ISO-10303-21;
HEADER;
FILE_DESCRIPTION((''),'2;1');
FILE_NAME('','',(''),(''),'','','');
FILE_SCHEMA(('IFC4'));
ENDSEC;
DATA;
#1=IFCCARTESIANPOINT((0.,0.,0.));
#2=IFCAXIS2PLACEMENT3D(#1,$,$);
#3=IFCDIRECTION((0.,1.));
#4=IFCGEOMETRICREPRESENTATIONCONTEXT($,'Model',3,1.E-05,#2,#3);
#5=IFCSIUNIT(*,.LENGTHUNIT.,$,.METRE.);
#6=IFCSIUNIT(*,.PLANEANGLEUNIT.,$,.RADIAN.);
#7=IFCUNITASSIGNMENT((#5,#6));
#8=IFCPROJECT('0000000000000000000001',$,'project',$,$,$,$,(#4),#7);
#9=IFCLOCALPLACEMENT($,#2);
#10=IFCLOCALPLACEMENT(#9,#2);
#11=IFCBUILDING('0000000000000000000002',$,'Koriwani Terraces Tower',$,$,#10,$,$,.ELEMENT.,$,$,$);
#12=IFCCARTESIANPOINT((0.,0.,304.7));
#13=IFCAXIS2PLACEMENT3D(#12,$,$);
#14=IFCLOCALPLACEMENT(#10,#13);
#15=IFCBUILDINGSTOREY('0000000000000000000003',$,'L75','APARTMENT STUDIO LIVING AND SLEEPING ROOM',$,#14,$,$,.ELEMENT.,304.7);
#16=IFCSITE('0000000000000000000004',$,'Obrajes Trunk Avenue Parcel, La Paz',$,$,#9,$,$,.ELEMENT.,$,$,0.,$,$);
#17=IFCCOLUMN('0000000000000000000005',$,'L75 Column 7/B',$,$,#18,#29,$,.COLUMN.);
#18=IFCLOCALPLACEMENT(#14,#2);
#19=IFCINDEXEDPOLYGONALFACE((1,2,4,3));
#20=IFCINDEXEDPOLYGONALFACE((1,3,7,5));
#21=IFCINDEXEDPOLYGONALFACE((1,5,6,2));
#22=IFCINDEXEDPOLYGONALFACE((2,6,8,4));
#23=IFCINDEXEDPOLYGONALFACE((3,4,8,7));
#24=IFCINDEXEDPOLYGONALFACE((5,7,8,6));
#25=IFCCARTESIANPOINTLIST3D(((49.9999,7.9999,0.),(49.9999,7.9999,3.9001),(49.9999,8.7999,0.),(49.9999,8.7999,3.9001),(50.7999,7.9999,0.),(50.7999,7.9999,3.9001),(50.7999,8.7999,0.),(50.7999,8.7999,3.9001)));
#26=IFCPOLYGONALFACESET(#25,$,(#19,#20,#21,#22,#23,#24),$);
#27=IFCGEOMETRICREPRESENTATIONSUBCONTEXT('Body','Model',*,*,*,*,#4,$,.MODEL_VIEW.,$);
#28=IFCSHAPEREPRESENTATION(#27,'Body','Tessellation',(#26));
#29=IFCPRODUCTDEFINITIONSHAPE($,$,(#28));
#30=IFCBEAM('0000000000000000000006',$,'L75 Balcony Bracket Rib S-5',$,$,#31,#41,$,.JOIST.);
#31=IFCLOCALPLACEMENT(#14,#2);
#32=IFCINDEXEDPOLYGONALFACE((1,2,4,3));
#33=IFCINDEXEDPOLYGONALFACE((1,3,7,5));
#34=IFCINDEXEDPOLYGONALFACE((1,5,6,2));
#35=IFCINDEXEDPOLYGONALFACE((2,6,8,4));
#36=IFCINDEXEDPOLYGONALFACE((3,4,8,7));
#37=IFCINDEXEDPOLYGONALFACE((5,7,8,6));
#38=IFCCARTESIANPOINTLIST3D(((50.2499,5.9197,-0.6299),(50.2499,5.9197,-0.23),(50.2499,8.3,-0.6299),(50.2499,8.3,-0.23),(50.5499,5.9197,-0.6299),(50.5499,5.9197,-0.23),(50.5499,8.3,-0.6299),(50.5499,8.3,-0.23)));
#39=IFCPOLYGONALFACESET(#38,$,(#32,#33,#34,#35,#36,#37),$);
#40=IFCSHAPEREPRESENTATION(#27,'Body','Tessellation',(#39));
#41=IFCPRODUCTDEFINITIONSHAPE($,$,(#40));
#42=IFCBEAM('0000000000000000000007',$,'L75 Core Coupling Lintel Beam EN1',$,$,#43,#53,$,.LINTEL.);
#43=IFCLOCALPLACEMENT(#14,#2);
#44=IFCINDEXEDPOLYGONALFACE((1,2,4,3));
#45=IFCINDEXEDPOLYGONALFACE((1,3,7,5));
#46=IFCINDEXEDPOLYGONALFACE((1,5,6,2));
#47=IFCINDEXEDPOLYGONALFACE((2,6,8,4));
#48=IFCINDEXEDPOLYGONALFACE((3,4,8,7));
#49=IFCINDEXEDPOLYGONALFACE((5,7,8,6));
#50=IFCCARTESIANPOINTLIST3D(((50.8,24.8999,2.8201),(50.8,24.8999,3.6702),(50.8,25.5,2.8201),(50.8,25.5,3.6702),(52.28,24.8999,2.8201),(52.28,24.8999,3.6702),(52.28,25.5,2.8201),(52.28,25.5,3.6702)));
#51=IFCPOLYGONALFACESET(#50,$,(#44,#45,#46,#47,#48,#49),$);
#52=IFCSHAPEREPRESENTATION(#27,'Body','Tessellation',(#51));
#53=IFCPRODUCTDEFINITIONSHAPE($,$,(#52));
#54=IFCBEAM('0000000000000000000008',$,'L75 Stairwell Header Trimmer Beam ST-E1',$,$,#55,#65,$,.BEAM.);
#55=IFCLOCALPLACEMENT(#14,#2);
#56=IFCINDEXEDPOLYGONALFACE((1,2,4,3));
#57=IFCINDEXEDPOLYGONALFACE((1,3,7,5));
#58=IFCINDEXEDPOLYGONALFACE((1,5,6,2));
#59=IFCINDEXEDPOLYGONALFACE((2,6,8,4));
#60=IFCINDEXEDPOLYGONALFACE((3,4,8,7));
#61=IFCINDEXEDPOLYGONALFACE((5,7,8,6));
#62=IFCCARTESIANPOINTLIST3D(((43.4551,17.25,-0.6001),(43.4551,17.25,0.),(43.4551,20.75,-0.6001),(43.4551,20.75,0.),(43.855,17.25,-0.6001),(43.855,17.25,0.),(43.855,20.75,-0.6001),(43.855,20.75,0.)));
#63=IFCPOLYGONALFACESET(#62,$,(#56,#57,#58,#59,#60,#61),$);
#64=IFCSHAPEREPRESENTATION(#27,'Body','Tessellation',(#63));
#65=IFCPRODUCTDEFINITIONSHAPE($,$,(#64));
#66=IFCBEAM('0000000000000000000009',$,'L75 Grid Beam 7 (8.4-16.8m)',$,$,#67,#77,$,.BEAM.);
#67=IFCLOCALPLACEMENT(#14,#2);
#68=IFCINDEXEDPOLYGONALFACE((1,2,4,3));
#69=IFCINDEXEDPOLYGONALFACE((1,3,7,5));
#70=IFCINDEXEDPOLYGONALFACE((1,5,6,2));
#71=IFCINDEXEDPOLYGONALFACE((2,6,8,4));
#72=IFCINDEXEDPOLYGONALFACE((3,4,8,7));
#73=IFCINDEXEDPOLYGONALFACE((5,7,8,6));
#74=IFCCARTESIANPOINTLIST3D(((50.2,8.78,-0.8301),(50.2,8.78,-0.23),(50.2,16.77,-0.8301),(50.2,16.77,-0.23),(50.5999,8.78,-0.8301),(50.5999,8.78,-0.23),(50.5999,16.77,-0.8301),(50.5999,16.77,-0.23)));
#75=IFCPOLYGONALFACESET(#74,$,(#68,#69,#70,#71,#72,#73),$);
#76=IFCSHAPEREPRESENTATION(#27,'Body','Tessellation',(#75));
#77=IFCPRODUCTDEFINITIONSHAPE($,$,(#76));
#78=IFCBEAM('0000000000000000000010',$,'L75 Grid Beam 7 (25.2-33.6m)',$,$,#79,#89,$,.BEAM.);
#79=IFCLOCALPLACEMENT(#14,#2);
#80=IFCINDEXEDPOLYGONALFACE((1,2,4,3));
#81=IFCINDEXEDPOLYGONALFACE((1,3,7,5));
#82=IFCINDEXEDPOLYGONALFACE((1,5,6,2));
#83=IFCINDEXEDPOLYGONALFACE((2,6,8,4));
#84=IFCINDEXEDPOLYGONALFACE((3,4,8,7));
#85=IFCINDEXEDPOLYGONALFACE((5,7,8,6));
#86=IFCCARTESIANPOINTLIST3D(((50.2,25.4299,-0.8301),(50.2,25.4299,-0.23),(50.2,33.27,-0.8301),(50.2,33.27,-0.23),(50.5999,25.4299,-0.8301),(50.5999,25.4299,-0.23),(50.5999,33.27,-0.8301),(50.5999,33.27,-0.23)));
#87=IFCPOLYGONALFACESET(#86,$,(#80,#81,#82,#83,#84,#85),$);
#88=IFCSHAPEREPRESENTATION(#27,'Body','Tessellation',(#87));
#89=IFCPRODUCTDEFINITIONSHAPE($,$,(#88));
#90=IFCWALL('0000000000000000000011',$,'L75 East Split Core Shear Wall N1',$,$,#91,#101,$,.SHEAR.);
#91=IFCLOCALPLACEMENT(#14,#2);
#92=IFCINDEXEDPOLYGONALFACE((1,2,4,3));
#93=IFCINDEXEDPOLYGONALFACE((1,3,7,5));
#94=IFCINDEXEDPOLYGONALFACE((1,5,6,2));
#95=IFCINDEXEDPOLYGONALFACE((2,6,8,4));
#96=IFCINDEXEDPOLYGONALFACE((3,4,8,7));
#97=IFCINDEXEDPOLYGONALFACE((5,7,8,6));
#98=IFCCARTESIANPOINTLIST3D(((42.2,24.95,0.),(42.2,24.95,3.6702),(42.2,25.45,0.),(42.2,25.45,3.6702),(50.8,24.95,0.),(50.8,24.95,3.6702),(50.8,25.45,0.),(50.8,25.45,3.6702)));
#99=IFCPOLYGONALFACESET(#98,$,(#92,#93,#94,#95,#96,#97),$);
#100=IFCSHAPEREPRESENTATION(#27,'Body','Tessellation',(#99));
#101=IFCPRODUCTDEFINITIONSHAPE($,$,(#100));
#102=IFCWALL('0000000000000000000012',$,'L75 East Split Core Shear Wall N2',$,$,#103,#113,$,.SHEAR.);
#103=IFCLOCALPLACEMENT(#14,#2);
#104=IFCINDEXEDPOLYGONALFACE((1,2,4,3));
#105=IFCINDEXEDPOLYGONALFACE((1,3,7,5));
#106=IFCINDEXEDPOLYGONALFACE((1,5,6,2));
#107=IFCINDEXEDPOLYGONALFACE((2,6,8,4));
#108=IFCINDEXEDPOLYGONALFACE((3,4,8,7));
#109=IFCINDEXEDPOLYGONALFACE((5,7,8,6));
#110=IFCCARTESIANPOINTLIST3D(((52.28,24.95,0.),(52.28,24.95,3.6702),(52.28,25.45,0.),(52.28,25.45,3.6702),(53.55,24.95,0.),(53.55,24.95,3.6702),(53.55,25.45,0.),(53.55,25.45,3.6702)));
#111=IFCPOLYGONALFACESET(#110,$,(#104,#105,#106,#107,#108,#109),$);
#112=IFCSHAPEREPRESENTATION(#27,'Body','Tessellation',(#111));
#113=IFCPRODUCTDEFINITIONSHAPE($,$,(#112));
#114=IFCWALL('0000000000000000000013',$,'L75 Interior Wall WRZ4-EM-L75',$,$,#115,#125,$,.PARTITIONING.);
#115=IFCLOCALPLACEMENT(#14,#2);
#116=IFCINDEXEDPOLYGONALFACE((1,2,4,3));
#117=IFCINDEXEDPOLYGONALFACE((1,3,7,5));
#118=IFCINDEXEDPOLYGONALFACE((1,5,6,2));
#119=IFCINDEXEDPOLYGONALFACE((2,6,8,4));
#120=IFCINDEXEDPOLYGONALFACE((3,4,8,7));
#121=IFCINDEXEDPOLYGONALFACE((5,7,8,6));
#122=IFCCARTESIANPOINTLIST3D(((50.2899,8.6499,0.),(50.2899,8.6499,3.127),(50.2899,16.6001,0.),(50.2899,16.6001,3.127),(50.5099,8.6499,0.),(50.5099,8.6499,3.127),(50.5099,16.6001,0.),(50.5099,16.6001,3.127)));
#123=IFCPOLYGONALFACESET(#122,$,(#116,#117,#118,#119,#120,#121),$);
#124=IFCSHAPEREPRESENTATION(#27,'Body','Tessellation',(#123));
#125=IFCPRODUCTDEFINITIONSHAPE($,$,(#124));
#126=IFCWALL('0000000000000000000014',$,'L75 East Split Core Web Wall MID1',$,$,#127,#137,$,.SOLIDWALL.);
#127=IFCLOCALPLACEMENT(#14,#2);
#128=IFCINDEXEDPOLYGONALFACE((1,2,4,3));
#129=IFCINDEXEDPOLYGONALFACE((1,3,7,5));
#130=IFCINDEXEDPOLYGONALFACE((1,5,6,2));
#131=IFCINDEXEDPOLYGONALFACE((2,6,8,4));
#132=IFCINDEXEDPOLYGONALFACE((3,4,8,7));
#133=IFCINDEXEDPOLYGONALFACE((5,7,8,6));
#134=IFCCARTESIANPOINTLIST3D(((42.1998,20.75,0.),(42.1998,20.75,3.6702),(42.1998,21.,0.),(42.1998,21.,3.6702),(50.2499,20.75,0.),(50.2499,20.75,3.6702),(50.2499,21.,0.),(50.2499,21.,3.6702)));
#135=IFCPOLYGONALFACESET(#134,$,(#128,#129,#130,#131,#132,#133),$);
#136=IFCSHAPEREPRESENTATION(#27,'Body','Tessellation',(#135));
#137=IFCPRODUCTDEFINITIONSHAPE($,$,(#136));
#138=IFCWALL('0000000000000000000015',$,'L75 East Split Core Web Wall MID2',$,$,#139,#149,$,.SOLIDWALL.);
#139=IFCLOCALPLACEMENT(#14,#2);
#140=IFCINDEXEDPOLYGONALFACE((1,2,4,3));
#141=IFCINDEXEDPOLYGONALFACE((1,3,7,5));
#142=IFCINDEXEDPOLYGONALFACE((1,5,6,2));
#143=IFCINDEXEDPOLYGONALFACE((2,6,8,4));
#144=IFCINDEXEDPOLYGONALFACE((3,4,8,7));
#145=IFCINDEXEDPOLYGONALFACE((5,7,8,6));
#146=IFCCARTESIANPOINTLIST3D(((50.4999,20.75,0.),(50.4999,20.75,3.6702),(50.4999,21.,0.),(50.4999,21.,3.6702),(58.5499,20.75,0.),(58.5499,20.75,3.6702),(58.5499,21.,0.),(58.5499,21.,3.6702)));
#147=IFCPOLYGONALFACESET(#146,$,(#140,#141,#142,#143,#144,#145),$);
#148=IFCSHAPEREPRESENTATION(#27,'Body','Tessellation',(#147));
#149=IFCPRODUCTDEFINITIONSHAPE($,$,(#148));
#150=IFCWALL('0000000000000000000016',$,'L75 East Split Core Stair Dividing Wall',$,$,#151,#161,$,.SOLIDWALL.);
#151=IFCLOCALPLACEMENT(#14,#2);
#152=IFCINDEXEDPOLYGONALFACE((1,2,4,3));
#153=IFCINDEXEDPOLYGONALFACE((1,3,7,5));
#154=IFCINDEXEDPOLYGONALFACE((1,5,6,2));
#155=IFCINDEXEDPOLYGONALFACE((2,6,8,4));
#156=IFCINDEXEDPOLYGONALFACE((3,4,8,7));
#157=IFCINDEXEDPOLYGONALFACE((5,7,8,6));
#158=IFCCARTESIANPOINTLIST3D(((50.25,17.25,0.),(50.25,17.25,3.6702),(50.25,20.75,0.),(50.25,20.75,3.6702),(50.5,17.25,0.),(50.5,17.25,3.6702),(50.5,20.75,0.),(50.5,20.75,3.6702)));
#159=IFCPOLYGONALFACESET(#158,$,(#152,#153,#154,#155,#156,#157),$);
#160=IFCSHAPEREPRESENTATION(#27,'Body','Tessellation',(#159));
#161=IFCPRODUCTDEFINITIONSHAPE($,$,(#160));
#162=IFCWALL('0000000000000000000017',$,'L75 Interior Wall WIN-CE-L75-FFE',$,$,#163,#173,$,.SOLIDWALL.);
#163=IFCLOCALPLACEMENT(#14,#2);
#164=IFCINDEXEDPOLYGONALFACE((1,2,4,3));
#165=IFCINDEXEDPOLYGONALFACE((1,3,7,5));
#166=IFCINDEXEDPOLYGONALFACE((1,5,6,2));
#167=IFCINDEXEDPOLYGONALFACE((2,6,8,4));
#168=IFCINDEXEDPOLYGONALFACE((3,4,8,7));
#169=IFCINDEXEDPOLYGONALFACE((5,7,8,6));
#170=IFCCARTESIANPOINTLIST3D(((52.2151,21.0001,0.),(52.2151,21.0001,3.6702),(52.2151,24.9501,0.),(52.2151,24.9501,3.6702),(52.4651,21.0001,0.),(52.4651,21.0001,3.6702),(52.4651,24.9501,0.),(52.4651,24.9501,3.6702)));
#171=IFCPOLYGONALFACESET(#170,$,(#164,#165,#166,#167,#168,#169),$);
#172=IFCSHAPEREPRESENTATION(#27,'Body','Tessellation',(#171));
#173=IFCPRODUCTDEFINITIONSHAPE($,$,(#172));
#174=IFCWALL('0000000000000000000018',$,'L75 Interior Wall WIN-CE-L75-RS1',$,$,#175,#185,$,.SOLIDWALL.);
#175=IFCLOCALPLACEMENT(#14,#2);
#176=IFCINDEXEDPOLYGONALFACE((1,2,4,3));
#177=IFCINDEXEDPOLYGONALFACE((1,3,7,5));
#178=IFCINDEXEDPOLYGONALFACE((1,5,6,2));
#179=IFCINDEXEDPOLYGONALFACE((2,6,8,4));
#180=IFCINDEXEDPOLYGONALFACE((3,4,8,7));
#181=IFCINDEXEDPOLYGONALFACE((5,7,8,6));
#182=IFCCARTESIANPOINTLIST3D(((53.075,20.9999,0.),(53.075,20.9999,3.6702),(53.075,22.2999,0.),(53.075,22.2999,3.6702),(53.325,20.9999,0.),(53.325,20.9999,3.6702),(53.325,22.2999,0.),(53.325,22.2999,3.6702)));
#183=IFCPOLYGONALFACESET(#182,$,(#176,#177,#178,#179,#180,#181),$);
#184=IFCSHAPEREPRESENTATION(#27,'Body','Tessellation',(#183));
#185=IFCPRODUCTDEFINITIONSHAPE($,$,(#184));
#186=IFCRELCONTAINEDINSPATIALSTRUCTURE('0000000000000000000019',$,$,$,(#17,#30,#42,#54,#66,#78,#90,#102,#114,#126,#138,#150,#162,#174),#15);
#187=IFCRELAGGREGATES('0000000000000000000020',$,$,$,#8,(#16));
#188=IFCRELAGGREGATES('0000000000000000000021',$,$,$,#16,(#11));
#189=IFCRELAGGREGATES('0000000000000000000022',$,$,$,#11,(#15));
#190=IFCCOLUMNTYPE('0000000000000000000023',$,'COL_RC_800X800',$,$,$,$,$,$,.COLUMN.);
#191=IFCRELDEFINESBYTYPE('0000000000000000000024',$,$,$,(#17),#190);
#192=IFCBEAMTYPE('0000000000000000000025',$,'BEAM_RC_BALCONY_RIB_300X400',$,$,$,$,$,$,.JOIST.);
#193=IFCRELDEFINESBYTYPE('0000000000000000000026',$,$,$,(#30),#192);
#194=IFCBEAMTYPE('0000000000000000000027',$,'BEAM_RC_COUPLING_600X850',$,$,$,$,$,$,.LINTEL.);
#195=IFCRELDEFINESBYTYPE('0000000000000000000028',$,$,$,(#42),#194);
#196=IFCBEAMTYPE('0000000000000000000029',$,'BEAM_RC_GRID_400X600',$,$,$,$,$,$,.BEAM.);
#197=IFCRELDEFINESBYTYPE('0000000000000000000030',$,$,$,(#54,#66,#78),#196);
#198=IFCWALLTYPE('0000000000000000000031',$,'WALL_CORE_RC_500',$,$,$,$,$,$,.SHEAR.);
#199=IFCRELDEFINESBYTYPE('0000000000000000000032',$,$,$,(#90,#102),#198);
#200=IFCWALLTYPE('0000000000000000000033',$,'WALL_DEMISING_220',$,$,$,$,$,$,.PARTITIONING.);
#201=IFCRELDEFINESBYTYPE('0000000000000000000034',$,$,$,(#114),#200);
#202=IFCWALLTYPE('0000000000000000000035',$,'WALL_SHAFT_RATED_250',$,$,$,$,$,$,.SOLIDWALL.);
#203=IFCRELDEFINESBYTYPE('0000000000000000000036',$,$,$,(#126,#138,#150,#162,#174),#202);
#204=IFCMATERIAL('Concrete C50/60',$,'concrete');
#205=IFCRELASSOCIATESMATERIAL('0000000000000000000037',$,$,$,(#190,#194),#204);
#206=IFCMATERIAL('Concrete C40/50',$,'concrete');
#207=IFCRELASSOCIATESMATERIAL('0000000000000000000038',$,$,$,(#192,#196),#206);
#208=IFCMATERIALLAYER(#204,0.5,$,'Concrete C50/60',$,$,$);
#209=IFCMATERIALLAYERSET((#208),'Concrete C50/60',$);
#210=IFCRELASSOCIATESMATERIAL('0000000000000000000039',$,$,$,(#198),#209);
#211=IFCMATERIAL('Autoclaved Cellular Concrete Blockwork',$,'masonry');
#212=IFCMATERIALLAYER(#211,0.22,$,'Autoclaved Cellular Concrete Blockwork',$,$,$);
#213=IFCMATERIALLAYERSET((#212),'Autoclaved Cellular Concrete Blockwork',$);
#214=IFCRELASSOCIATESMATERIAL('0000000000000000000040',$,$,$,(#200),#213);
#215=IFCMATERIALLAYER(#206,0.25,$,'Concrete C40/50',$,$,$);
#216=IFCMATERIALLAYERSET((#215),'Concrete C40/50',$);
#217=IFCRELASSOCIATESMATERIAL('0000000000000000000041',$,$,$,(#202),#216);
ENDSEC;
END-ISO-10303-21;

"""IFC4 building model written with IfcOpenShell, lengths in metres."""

from ifc_helpers import new_model, si_unit, direction, frame, frame_2d, origin, origin_2d, place, context, subcontext, project, spatial, rectangle, extrude, material, layer, layer_set, material_profile, profile_set, type_object, element, save


model = new_model("IFC4")

# Units and contexts
model_context = context("Model", 3, precision=1e-05, world=origin(), true_north=direction((0.0, 1.0)))
body_context = subcontext(model_context, "Body", "Model", "MODEL_VIEW")
ifc_project = project(units=[si_unit("LENGTHUNIT", "METRE"), si_unit("PLANEANGLEUNIT", "RADIAN")], contexts=[model_context])

# Site, building, storey
site_placement = place(None, origin())
site = spatial("IfcSite", under=ifc_project, at=site_placement, Name="Obrajes Trunk Avenue Parcel, La Paz", CompositionType="ELEMENT", RefElevation=0.0)
building_placement = place(site_placement, origin())
building = spatial("IfcBuilding", under=site, at=building_placement, Name="Koriwani Terraces Tower", CompositionType="ELEMENT")
storey_placement = place(building_placement, frame((0.0, 0.0, 304.7)))
storey = spatial("IfcBuildingStorey", under=building, at=storey_placement, Name="L75", Description="APARTMENT STUDIO LIVING AND SLEEPING ROOM", CompositionType="ELEMENT", Elevation=304.7)

# Column
ifc_material_1 = material(Name="Concrete C50/60", Category="concrete")
ifc_material_profile_1 = material_profile(ifc_material_1, rectangle(XDim=0.8, YDim=0.8, at=origin_2d()), Name="Concrete C50/60", Category="LoadBearing")
ifc_profile_set_1 = profile_set([ifc_material_profile_1], Name="Concrete C50/60")
column_type = type_object("IfcColumnType", Name="COL_RC_800X800", PredefinedType="COLUMN", material=ifc_profile_set_1)
column_placement = place(storey_placement, frame((50.3999, 8.3999, 0.0), z_axis=(0.0, 0.0, 1.0), x_axis=(1.0, 0.0, 0.0)))
element("IfcColumn", 1, at=column_placement, inside=storey, type_object=column_type, Name="L75 Column 7/B", PredefinedType="COLUMN", context=body_context, shape_type="SweptSolid", body=[
    extrude(rectangle(XDim=0.8, YDim=0.8, at=origin_2d()), origin(), (0.0, 0.0, 1.0), 3.9001),
])

# Beams
ifc_material_2 = material(Name="Concrete C40/50", Category="concrete")
ifc_material_profile_2 = material_profile(ifc_material_2, rectangle(XDim=0.3, YDim=0.3999, at=origin_2d()), Name="Concrete C40/50", Category="LoadBearing")
ifc_profile_set_2 = profile_set([ifc_material_profile_2], Name="Concrete C40/50")
beam_type_1 = type_object("IfcBeamType", Name="BEAM_RC_BALCONY_RIB_300X400", PredefinedType="JOIST", material=ifc_profile_set_2)
beam_1_placement = place(storey_placement, frame((50.3999, 5.9197, -0.4299), z_axis=(0.0, 1.0, 0.0), x_axis=(-1.0, 0.0, 0.0)))
element("IfcBeam", 2, at=beam_1_placement, inside=storey, type_object=beam_type_1, Name="L75 Balcony Bracket Rib S-5", PredefinedType="JOIST", context=body_context, shape_type="SweptSolid", body=[
    extrude(rectangle(XDim=0.3, YDim=0.3999, at=origin_2d()), origin(), (0.0, 0.0, 1.0), 2.3804),
])
ifc_material_profile_3 = material_profile(ifc_material_1, rectangle(XDim=0.6001, YDim=0.8501, at=origin_2d()), Name="Concrete C50/60", Category="LoadBearing")
ifc_profile_set_3 = profile_set([ifc_material_profile_3], Name="Concrete C50/60")
beam_type_2 = type_object("IfcBeamType", Name="BEAM_RC_COUPLING_600X850", PredefinedType="LINTEL", material=ifc_profile_set_3)
beam_2_placement = place(storey_placement, frame((50.8, 25.2, 3.2451), z_axis=(1.0, 0.0, 0.0), x_axis=(0.0, 1.0, 0.0)))
element("IfcBeam", 3, at=beam_2_placement, inside=storey, type_object=beam_type_2, Name="L75 Core Coupling Lintel Beam EN1", PredefinedType="LINTEL", context=body_context, shape_type="SweptSolid", body=[
    extrude(rectangle(XDim=0.6001, YDim=0.8501, at=origin_2d()), origin(), (0.0, 0.0, 1.0), 1.48),
])
ifc_material_profile_4 = material_profile(ifc_material_2, rectangle(XDim=0.3999, YDim=0.6001, at=origin_2d()), Name="Concrete C40/50", Category="LoadBearing")
ifc_profile_set_4 = profile_set([ifc_material_profile_4], Name="Concrete C40/50")
beam_type_3 = type_object("IfcBeamType", Name="BEAM_RC_GRID_400X600", PredefinedType="BEAM", material=ifc_profile_set_4)
beam_3_placement = place(storey_placement, frame((43.655, 17.25, -0.3), z_axis=(0.0, 1.0, 0.0), x_axis=(-1.0, 0.0, 0.0)))
element("IfcBeam", 4, at=beam_3_placement, inside=storey, type_object=beam_type_3, Name="L75 Stairwell Header Trimmer Beam ST-E1", PredefinedType="BEAM", context=body_context, shape_type="SweptSolid", body=[
    extrude(rectangle(XDim=0.3999, YDim=0.6001, at=origin_2d()), origin(), (0.0, 0.0, 1.0), 3.5),
])
beam_4_placement = place(storey_placement, frame((50.3999, 8.78, -0.53), z_axis=(0.0, 1.0, 0.0), x_axis=(-1.0, 0.0, 0.0)))
element("IfcBeam", 5, at=beam_4_placement, inside=storey, type_object=beam_type_3, Name="L75 Grid Beam 7 (8.4-16.8m)", PredefinedType="BEAM", context=body_context, shape_type="SweptSolid", body=[
    extrude(rectangle(XDim=0.3999, YDim=0.6001, at=origin_2d()), origin(), (0.0, 0.0, 1.0), 7.99),
])
beam_5_placement = place(storey_placement, frame((50.3999, 25.4299, -0.53), z_axis=(0.0, 1.0, 0.0), x_axis=(-1.0, 0.0, 0.0)))
element("IfcBeam", 6, at=beam_5_placement, inside=storey, type_object=beam_type_3, Name="L75 Grid Beam 7 (25.2-33.6m)", PredefinedType="BEAM", context=body_context, shape_type="SweptSolid", body=[
    extrude(rectangle(XDim=0.3999, YDim=0.6001, at=origin_2d()), origin(), (0.0, 0.0, 1.0), 7.8401),
])

# Walls
ifc_layer_1 = layer(ifc_material_1, 0.5, Name="Concrete C50/60")
ifc_layer_set_1 = layer_set([ifc_layer_1], Name="Concrete C50/60")
wall_type_1 = type_object("IfcWallType", Name="WALL_CORE_RC_500", PredefinedType="SHEAR", material=ifc_layer_set_1)
wall_1_placement = place(storey_placement, frame((42.2, 25.2, 0.0), z_axis=(0.0, 0.0, 1.0), x_axis=(1.0, 0.0, 0.0)))
element("IfcWall", 7, at=wall_1_placement, inside=storey, type_object=wall_type_1, Name="L75 East Split Core Shear Wall N1", PredefinedType="SHEAR", context=body_context, shape_type="SweptSolid", body=[
    extrude(rectangle(XDim=8.6001, YDim=0.5, at=frame_2d((4.3, 0.0))), origin(), (0.0, 0.0, 1.0), 3.6702),
])
wall_2_placement = place(storey_placement, frame((52.28, 25.2, 0.0), z_axis=(0.0, 0.0, 1.0), x_axis=(1.0, 0.0, 0.0)))
element("IfcWall", 8, at=wall_2_placement, inside=storey, type_object=wall_type_1, Name="L75 East Split Core Shear Wall N2", PredefinedType="SHEAR", context=body_context, shape_type="SweptSolid", body=[
    extrude(rectangle(XDim=1.27, YDim=0.5, at=frame_2d((0.635, 0.0))), origin(), (0.0, 0.0, 1.0), 3.6702),
])
ifc_material_3 = material(Name="Autoclaved Cellular Concrete Blockwork", Category="masonry")
ifc_layer_2 = layer(ifc_material_3, 0.22, Name="Autoclaved Cellular Concrete Blockwork")
ifc_layer_set_2 = layer_set([ifc_layer_2], Name="Autoclaved Cellular Concrete Blockwork")
wall_type_2 = type_object("IfcWallType", Name="WALL_DEMISING_220", PredefinedType="PARTITIONING", material=ifc_layer_set_2)
wall_3_placement = place(storey_placement, frame((50.3999, 8.6499, 0.0), z_axis=(0.0, 0.0, 1.0), x_axis=(0.0, 1.0, 0.0)))
element("IfcWall", 9, at=wall_3_placement, inside=storey, type_object=wall_type_2, Name="L75 Interior Wall WRZ4-EM-L75", PredefinedType="PARTITIONING", context=body_context, shape_type="SweptSolid", body=[
    extrude(rectangle(XDim=7.9502, YDim=0.22, at=frame_2d((3.9751, 0.0))), origin(), (0.0, 0.0, 1.0), 3.127),
])
ifc_layer_3 = layer(ifc_material_2, 0.25, Name="Concrete C40/50")
ifc_layer_set_3 = layer_set([ifc_layer_3], Name="Concrete C40/50")
wall_type_3 = type_object("IfcWallType", Name="WALL_SHAFT_RATED_250", PredefinedType="SOLIDWALL", material=ifc_layer_set_3)
for number, where, z_axis, x_axis, name in (
    (10, (42.2, 20.875, 0.0), (0.0, 0.0, 1.0), (1.0, 0.0, 0.0), "L75 East Split Core Web Wall MID1"),
    (11, (50.5, 20.875, 0.0), (0.0, 0.0, 1.0), (1.0, 0.0, 0.0), "L75 East Split Core Web Wall MID2"),
):
    element("IfcWall", number, at=place(storey_placement, frame(where, z_axis=z_axis, x_axis=x_axis)), inside=storey, type_object=wall_type_3, Name=name, PredefinedType="SOLIDWALL", context=body_context, shape_type="SweptSolid", body=[
        extrude(rectangle(XDim=8.05, YDim=0.25, at=frame_2d((4.0249, 0.0))), origin(), (0.0, 0.0, 1.0), 3.6702),
    ])
wall_4_placement = place(storey_placement, frame((50.375, 17.25, 0.0), z_axis=(0.0, 0.0, 1.0), x_axis=(0.0, 1.0, 0.0)))
element("IfcWall", 12, at=wall_4_placement, inside=storey, type_object=wall_type_3, Name="L75 East Split Core Stair Dividing Wall", PredefinedType="SOLIDWALL", context=body_context, shape_type="SweptSolid", body=[
    extrude(rectangle(XDim=3.5, YDim=0.25, at=frame_2d((1.75, 0.0))), origin(), (0.0, 0.0, 1.0), 3.6702),
])

# Walls
wall_5_placement = place(storey_placement, frame((52.3401, 21.0, 0.0), z_axis=(0.0, 0.0, 1.0), x_axis=(0.0, 1.0, 0.0)))
element("IfcWall", 13, at=wall_5_placement, inside=storey, type_object=wall_type_3, Name="L75 Interior Wall WIN-CE-L75-FFE", PredefinedType="SOLIDWALL", context=body_context, shape_type="SweptSolid", body=[
    extrude(rectangle(XDim=3.95, YDim=0.25, at=frame_2d((1.9751, 0.0))), origin(), (0.0, 0.0, 1.0), 3.6702),
])
wall_6_placement = place(storey_placement, frame((53.2, 21.0, 0.0), z_axis=(0.0, 0.0, 1.0), x_axis=(0.0, 1.0, 0.0)))
element("IfcWall", 14, at=wall_6_placement, inside=storey, type_object=wall_type_3, Name="L75 Interior Wall WIN-CE-L75-RS1", PredefinedType="SOLIDWALL", context=body_context, shape_type="SweptSolid", body=[
    extrude(rectangle(XDim=1.3, YDim=0.25, at=frame_2d((0.6499, 0.0))), origin(), (0.0, 0.0, 1.0), 3.6702),
])

save(model, "model.ifc")
